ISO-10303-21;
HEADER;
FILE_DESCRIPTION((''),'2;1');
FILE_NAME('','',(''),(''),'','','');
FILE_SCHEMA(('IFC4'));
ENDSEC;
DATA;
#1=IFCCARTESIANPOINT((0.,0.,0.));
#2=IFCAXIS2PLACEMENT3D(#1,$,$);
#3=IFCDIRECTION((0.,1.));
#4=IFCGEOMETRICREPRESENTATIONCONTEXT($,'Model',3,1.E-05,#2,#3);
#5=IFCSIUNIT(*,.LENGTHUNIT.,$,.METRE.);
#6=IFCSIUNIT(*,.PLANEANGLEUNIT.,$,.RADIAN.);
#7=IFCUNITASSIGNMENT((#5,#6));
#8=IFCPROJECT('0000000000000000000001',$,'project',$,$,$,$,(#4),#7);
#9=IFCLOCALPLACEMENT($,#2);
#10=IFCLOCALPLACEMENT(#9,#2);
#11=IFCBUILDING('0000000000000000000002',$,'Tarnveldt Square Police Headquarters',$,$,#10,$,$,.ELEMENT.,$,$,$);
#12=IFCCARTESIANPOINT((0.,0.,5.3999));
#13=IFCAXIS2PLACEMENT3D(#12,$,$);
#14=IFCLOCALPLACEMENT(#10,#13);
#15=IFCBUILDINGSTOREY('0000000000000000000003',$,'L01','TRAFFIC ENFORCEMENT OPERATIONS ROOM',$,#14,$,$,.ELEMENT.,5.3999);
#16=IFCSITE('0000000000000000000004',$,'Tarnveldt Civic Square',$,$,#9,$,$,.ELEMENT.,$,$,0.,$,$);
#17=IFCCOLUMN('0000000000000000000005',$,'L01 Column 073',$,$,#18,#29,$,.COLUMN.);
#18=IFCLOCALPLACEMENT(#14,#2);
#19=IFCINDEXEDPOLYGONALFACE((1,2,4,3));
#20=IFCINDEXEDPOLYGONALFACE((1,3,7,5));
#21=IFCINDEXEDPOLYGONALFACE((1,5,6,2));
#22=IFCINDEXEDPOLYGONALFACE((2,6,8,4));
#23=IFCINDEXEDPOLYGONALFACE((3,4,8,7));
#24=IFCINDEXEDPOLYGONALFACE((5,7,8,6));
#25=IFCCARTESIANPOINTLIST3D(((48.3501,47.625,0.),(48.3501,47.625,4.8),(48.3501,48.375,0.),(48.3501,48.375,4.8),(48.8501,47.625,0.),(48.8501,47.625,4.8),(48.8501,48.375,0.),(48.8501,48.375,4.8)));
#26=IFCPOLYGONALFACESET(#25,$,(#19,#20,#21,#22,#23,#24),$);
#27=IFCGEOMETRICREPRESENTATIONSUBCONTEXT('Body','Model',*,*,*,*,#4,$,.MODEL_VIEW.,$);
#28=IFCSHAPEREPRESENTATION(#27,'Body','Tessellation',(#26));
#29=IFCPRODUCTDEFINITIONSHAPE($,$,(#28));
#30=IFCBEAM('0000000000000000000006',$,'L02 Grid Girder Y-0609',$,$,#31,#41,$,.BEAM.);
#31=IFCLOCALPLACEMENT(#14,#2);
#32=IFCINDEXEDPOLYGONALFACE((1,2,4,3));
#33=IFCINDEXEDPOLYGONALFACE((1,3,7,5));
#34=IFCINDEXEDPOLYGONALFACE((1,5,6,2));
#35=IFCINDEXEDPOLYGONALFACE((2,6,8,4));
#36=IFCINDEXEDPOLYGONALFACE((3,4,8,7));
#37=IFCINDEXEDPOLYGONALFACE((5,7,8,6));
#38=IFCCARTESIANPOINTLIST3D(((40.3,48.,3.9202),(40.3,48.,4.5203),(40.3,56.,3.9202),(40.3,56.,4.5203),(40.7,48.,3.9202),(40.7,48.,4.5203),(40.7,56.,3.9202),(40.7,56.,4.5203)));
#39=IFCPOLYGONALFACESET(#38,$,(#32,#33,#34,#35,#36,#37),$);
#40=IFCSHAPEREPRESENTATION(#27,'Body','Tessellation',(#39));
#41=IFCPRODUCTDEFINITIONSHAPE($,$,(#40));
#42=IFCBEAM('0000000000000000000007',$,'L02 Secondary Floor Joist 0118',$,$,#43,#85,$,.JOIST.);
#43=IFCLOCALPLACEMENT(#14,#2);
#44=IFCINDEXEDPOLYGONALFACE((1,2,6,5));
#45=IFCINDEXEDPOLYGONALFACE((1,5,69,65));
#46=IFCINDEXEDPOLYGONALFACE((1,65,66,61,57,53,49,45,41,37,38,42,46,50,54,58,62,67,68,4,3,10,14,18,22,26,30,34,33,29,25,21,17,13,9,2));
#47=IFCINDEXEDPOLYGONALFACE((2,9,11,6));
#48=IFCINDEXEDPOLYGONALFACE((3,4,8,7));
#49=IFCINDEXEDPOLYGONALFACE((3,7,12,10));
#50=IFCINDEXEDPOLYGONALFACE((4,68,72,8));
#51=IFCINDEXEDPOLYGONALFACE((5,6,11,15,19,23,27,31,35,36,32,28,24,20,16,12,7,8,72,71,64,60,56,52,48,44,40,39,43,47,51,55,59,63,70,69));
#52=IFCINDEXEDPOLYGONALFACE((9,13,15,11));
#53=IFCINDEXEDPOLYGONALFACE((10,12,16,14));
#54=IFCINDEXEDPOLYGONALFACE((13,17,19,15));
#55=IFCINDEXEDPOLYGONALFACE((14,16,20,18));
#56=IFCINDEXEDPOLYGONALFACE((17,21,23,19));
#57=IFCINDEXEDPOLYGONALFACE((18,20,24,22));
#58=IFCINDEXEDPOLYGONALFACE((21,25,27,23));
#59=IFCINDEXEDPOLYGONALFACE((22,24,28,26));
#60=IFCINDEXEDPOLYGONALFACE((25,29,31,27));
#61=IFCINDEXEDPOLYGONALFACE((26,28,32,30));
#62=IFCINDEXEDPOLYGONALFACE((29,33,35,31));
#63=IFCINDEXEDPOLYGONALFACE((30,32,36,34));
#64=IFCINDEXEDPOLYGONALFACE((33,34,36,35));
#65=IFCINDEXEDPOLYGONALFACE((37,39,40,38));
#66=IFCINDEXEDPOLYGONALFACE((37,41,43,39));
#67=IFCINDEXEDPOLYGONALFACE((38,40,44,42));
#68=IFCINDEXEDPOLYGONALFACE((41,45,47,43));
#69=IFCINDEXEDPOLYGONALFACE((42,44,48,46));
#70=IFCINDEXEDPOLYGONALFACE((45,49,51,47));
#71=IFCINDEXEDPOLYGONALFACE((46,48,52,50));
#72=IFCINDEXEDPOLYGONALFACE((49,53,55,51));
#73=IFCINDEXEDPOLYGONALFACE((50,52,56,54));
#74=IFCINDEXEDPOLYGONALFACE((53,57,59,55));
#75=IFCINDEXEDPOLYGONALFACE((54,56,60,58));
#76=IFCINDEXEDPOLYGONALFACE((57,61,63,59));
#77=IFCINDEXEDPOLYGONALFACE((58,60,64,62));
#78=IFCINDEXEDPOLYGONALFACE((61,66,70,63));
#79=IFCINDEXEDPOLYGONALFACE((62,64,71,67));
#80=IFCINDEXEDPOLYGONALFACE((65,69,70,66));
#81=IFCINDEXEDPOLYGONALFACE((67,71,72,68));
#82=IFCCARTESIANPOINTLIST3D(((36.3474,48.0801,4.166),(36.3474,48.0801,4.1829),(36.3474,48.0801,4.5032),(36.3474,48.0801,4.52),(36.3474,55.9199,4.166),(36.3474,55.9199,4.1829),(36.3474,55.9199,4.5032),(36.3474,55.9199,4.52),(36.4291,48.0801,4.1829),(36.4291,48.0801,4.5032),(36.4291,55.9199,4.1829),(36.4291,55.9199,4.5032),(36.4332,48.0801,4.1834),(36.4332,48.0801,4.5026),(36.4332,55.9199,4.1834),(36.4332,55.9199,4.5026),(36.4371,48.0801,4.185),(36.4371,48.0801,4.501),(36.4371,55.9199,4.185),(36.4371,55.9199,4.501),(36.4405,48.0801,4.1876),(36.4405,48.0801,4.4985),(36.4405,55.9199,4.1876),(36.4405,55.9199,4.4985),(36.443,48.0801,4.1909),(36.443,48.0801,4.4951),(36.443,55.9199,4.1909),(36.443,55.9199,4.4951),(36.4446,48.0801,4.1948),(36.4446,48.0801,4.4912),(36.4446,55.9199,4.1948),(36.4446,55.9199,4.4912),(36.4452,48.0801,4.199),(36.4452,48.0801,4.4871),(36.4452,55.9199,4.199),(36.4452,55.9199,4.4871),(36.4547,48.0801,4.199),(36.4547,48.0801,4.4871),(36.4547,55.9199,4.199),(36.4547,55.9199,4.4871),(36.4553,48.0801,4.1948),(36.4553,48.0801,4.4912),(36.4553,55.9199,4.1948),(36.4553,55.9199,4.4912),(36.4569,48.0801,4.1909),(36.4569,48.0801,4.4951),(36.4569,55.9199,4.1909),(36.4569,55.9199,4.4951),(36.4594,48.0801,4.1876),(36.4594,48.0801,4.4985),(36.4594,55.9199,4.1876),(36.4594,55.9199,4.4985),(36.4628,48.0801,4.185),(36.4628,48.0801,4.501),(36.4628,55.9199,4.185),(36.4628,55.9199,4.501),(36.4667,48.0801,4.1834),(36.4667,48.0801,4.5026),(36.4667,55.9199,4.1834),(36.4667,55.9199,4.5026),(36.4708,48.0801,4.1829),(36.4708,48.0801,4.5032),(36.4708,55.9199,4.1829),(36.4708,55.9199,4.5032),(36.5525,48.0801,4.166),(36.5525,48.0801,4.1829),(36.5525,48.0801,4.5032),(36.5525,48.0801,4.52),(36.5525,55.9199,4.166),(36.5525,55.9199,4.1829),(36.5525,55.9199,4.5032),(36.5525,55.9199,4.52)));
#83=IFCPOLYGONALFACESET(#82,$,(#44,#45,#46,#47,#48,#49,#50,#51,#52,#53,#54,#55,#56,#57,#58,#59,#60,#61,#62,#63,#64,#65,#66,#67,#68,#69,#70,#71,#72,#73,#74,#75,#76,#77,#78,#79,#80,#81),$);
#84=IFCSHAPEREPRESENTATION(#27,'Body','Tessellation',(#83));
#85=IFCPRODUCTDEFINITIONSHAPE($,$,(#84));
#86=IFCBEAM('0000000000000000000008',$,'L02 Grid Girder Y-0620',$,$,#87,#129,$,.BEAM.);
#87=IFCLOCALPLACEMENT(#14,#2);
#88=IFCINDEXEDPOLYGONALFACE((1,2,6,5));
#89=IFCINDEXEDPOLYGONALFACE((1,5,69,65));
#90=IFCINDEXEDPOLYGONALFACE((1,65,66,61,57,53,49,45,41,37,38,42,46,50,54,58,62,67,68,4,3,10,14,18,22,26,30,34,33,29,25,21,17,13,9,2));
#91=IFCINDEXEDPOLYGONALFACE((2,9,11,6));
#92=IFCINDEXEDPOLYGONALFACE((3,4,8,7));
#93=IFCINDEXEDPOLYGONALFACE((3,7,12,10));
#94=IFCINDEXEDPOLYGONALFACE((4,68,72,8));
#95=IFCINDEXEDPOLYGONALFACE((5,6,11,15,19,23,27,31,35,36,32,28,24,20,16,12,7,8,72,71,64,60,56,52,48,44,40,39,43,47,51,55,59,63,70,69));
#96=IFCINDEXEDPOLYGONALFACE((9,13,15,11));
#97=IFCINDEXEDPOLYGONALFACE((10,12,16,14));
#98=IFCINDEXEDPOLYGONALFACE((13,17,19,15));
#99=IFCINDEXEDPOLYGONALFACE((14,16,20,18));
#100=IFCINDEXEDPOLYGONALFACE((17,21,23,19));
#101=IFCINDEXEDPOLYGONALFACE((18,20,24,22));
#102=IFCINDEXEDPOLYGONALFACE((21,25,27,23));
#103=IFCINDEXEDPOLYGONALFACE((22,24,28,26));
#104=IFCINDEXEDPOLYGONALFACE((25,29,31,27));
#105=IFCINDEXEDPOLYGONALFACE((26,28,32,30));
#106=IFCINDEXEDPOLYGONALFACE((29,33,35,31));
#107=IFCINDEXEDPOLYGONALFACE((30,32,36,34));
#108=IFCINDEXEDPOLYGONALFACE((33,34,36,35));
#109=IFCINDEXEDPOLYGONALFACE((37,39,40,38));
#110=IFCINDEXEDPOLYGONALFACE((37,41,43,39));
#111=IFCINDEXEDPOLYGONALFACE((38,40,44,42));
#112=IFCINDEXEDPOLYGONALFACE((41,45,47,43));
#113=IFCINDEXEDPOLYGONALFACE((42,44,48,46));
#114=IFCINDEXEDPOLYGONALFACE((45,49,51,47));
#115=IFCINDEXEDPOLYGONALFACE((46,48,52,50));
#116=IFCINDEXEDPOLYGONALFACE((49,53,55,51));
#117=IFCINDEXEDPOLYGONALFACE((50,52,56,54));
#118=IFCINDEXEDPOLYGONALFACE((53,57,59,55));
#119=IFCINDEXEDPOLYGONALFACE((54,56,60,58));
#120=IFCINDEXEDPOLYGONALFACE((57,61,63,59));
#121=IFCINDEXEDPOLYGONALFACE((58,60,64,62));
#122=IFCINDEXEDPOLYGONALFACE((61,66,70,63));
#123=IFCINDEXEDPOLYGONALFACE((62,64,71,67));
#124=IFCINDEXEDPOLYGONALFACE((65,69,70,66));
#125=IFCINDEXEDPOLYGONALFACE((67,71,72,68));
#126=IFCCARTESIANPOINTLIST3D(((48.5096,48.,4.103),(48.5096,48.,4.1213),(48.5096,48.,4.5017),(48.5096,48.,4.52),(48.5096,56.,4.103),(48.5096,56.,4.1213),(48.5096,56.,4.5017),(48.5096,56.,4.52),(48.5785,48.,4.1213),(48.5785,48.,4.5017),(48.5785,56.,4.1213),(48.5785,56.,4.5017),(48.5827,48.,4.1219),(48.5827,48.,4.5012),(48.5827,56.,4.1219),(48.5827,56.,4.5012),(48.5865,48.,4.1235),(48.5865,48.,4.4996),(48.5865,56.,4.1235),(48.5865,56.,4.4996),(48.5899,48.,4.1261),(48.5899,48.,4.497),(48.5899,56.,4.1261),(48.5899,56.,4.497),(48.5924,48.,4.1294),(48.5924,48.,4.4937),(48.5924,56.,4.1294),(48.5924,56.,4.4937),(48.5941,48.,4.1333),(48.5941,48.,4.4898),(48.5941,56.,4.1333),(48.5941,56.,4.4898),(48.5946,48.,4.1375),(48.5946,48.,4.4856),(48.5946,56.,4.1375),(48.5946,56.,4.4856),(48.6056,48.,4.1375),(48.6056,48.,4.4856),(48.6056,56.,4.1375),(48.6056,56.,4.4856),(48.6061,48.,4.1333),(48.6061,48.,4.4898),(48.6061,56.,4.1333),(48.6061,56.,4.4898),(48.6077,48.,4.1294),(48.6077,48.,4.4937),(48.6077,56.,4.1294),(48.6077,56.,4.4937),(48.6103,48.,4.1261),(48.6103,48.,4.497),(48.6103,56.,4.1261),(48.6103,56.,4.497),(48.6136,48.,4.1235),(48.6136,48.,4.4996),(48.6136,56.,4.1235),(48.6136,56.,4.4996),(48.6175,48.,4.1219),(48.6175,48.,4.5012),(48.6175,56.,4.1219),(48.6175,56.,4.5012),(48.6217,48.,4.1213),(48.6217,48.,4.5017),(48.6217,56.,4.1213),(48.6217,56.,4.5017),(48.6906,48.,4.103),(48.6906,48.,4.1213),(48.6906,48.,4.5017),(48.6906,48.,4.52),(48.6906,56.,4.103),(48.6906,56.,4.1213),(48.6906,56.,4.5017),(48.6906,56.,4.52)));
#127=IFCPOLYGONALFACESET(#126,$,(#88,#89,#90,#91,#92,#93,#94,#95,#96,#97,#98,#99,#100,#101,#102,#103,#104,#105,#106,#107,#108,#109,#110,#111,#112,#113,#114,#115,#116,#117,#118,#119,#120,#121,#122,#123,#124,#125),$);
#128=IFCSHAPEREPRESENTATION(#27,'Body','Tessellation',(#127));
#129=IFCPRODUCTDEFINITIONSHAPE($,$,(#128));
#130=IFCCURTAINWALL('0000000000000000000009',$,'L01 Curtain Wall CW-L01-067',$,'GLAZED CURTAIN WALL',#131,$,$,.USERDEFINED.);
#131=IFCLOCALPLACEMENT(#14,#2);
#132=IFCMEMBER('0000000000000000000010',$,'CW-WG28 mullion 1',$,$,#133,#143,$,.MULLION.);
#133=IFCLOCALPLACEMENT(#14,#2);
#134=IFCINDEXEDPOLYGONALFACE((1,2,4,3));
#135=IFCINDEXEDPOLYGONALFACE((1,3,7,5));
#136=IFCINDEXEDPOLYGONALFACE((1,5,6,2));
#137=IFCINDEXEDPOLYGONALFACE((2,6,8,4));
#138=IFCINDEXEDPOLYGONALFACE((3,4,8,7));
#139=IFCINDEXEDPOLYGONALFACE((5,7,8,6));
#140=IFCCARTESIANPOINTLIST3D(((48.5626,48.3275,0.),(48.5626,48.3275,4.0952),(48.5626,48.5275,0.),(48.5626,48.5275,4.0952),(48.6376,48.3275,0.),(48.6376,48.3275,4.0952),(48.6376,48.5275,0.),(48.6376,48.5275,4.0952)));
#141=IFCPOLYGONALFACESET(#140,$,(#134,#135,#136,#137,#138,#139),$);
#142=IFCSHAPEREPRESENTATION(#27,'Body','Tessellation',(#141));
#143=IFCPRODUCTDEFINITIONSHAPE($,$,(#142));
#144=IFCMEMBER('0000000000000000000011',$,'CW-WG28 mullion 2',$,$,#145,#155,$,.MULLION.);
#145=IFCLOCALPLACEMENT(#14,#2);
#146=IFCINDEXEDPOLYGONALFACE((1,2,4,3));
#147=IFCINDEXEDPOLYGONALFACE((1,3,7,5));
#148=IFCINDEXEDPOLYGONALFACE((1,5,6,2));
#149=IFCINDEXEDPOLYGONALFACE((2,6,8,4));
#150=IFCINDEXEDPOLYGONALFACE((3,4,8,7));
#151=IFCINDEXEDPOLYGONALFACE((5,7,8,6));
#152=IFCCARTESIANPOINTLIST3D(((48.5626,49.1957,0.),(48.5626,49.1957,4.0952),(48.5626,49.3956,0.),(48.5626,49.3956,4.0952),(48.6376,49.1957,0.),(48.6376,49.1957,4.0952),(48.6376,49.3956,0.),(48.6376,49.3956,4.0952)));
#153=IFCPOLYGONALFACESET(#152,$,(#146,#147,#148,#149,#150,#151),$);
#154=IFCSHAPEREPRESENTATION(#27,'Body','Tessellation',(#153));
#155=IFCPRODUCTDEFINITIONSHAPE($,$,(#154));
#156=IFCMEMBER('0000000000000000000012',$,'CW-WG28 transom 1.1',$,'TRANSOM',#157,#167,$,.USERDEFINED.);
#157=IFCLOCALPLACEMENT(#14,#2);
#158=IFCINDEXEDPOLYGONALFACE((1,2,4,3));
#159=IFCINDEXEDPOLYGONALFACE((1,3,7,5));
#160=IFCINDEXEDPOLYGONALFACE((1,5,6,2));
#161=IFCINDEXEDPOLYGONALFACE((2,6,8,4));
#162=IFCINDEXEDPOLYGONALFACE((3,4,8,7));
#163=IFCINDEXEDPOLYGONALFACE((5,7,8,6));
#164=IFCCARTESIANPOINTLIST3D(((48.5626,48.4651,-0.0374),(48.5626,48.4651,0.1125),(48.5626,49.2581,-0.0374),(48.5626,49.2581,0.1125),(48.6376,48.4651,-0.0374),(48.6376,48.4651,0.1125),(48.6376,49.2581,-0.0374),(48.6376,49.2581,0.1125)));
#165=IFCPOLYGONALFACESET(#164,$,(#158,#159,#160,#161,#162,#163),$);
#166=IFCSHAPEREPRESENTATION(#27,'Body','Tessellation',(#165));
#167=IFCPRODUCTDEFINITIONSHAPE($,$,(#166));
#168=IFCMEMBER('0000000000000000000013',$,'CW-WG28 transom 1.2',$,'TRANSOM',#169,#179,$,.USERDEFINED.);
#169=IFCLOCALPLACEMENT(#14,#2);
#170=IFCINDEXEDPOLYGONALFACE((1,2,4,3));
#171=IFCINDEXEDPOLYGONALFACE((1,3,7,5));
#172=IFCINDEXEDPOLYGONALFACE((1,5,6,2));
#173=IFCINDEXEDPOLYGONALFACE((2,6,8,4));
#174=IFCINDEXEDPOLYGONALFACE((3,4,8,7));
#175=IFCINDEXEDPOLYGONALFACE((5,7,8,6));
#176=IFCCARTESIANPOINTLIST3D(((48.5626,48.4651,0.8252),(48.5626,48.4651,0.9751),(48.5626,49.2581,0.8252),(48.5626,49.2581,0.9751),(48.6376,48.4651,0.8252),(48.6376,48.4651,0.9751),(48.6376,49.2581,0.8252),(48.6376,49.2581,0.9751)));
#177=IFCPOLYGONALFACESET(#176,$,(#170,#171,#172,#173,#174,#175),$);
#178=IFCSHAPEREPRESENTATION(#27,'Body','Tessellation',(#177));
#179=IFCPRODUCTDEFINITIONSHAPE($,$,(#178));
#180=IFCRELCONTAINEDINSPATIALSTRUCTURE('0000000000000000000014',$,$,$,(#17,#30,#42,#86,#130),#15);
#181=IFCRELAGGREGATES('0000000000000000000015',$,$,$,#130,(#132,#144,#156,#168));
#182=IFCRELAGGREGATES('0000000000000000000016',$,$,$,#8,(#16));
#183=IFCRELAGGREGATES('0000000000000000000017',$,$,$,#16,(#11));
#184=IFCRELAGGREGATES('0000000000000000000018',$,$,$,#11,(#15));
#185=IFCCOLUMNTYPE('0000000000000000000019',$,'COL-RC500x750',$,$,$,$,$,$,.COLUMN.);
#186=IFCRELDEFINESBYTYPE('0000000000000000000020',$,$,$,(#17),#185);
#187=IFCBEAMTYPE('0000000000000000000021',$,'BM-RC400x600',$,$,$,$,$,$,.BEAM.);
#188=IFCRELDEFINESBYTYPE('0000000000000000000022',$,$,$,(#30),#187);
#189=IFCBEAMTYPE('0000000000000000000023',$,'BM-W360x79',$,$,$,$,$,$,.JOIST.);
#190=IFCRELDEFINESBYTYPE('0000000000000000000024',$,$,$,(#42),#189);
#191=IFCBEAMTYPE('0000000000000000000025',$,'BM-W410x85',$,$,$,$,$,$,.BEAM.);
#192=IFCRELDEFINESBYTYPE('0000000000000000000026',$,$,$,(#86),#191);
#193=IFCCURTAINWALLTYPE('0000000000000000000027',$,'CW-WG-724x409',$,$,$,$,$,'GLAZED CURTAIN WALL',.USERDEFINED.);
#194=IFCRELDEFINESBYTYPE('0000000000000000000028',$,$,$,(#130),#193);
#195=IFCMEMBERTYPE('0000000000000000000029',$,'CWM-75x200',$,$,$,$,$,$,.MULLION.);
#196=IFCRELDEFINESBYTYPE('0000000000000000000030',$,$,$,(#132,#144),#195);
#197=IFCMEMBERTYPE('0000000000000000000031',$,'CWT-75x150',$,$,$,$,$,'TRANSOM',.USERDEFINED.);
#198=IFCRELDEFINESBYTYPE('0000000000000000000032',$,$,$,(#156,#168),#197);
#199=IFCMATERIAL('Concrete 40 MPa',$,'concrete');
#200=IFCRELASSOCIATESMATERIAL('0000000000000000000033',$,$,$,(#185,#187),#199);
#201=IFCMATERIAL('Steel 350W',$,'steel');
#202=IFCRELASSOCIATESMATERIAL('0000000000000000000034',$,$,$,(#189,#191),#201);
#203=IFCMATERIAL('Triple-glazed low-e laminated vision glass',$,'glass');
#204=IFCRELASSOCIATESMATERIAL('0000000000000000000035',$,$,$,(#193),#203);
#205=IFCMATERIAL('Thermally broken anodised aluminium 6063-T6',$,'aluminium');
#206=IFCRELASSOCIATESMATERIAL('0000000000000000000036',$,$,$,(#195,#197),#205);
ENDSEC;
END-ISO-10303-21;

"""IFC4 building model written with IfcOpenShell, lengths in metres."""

from ifc_helpers import new_model, si_unit, direction, frame, origin, origin_2d, place, context, subcontext, project, spatial, rectangle, i_section, extrude, material, material_profile, profile_set, type_object, element, aggregate, save


model = new_model("IFC4")

# Units and contexts
model_context = context("Model", 3, precision=1e-05, world=origin(), true_north=direction((0.0, 1.0)))
body_context = subcontext(model_context, "Body", "Model", "MODEL_VIEW")
ifc_project = project(units=[si_unit("LENGTHUNIT", "METRE"), si_unit("PLANEANGLEUNIT", "RADIAN")], contexts=[model_context])

# Site, building, storey
site_placement = place(None, origin())
site = spatial("IfcSite", under=ifc_project, at=site_placement, Name="Tarnveldt Civic Square", CompositionType="ELEMENT", RefElevation=0.0)
building_placement = place(site_placement, origin())
building = spatial("IfcBuilding", under=site, at=building_placement, Name="Tarnveldt Square Police Headquarters", CompositionType="ELEMENT")
storey_placement = place(building_placement, frame((0.0, 0.0, 5.3999)))
storey = spatial("IfcBuildingStorey", under=building, at=storey_placement, Name="L01", Description="TRAFFIC ENFORCEMENT OPERATIONS ROOM", CompositionType="ELEMENT", Elevation=5.3999)

# Column
ifc_material_1 = material(Name="Concrete 40 MPa", Category="concrete")
ifc_material_profile_1 = material_profile(ifc_material_1, rectangle(XDim=0.5, YDim=0.75, at=origin_2d()), Name="RC-C500x750")
ifc_profile_set_1 = profile_set([ifc_material_profile_1], Name="Concrete 40 MPa")
column_type = type_object("IfcColumnType", Name="COL-RC500x750", PredefinedType="COLUMN", material=ifc_profile_set_1)
column_placement = place(storey_placement, frame((48.6001, 48.0, 0.0), z_axis=(0.0, 0.0, 1.0), x_axis=(1.0, 0.0, 0.0)))
element("IfcColumn", 1, at=column_placement, inside=storey, type_object=column_type, Name="L01 Column 073", PredefinedType="COLUMN", context=body_context, shape_type="SweptSolid", body=[
    extrude(rectangle(XDim=0.5, YDim=0.75, at=origin_2d()), origin(), (0.0, 0.0, 1.0), 4.8),
])

# Beams
ifc_material_profile_2 = material_profile(ifc_material_1, rectangle(XDim=0.3999, YDim=0.6001, at=origin_2d()), Name="RC-B400x600")
ifc_profile_set_2 = profile_set([ifc_material_profile_2], Name="Concrete 40 MPa")
beam_type_1 = type_object("IfcBeamType", Name="BM-RC400x600", PredefinedType="BEAM", material=ifc_profile_set_2)
beam_1_placement = place(storey_placement, frame((40.5, 48.0, 4.2202), z_axis=(0.0, 1.0, 0.0), x_axis=(-1.0, 0.0, 0.0)))
element("IfcBeam", 2, at=beam_1_placement, inside=storey, type_object=beam_type_1, Name="L02 Grid Girder Y-0609", PredefinedType="BEAM", context=body_context, shape_type="SweptSolid", body=[
    extrude(rectangle(XDim=0.3999, YDim=0.6001, at=origin_2d()), origin(), (0.0, 0.0, 1.0), 8.0),
])
ifc_material_2 = material(Name="Steel 350W", Category="steel")
ifc_material_profile_3 = material_profile(ifc_material_2, i_section(OverallWidth=0.2051, OverallDepth=0.354, WebThickness=0.0095, FlangeThickness=0.0168, FilletRadius=0.0161, at=origin_2d()), Name="W360x79")
ifc_profile_set_3 = profile_set([ifc_material_profile_3], Name="Steel 350W")
beam_type_2 = type_object("IfcBeamType", Name="BM-W360x79", PredefinedType="JOIST", material=ifc_profile_set_3)
beam_2_placement = place(storey_placement, frame((36.45, 48.0801, 4.343), z_axis=(0.0, 1.0, 0.0), x_axis=(-1.0, 0.0, 0.0)))
element("IfcBeam", 3, at=beam_2_placement, inside=storey, type_object=beam_type_2, Name="L02 Secondary Floor Joist 0118", PredefinedType="JOIST", context=body_context, shape_type="SweptSolid", body=[
    extrude(i_section(OverallWidth=0.2051, OverallDepth=0.354, WebThickness=0.0095, FlangeThickness=0.0168, FilletRadius=0.0161, at=origin_2d()), origin(), (0.0, 0.0, 1.0), 7.8398),
])
ifc_material_profile_4 = material_profile(ifc_material_2, i_section(OverallWidth=0.1809, OverallDepth=0.417, WebThickness=0.011, FlangeThickness=0.0183, FilletRadius=0.0161, at=origin_2d()), Name="W410x85")
ifc_profile_set_4 = profile_set([ifc_material_profile_4], Name="Steel 350W")
beam_type_3 = type_object("IfcBeamType", Name="BM-W410x85", PredefinedType="BEAM", material=ifc_profile_set_4)
beam_3_placement = place(storey_placement, frame((48.6001, 48.0, 4.3115), z_axis=(0.0, 1.0, 0.0), x_axis=(-1.0, 0.0, 0.0)))
element("IfcBeam", 4, at=beam_3_placement, inside=storey, type_object=beam_type_3, Name="L02 Grid Girder Y-0620", PredefinedType="BEAM", context=body_context, shape_type="SweptSolid", body=[
    extrude(i_section(OverallWidth=0.1809, OverallDepth=0.417, WebThickness=0.011, FlangeThickness=0.0183, FilletRadius=0.0161, at=origin_2d()), origin(), (0.0, 0.0, 1.0), 8.0),
])

# Curtain wall, members
ifc_material_3 = material(Name="Triple-glazed low-e laminated vision glass", Category="glass")
curtain_wall_type = type_object("IfcCurtainWallType", Name="CW-WG-724x409", ElementType="GLAZED CURTAIN WALL", PredefinedType="USERDEFINED", material=ifc_material_3)
curtain_wall_placement = place(storey_placement, origin())
curtain_wall = element("IfcCurtainWall", 5, at=curtain_wall_placement, inside=storey, type_object=curtain_wall_type, Name="L01 Curtain Wall CW-L01-067", ObjectType="GLAZED CURTAIN WALL", PredefinedType="USERDEFINED")
ifc_material_4 = material(Name="Thermally broken anodised aluminium 6063-T6", Category="aluminium")
ifc_material_profile_5 = material_profile(ifc_material_4, rectangle(XDim=0.075, YDim=0.2, at=origin_2d()), Name="CW-M75x200")
ifc_profile_set_5 = profile_set([ifc_material_profile_5], Name="Thermally broken anodised aluminium 6063-T6")
member_type_1 = type_object("IfcMemberType", Name="CWM-75x200", PredefinedType="MULLION", material=ifc_profile_set_5)
member_1_placement = place(storey_placement, frame((48.6001, 48.4275, 0.0), z_axis=(0.0, 0.0, 1.0), x_axis=(-1.0, 0.0, 0.0)))
member_1 = element("IfcMember", 6, at=member_1_placement, type_object=member_type_1, Name="CW-WG28 mullion 1", PredefinedType="MULLION", context=body_context, shape_type="SweptSolid", body=[
    extrude(rectangle(XDim=0.075, YDim=0.2, at=origin_2d()), origin(), (0.0, 0.0, 1.0), 4.0952),
])
member_2_placement = place(storey_placement, frame((48.6001, 49.2957, 0.0), z_axis=(0.0, 0.0, 1.0), x_axis=(-1.0, 0.0, 0.0)))
member_2 = element("IfcMember", 7, at=member_2_placement, type_object=member_type_1, Name="CW-WG28 mullion 2", PredefinedType="MULLION", context=body_context, shape_type="SweptSolid", body=[
    extrude(rectangle(XDim=0.075, YDim=0.2, at=origin_2d()), origin(), (0.0, 0.0, 1.0), 4.0952),
])
ifc_material_profile_6 = material_profile(ifc_material_4, rectangle(XDim=0.075, YDim=0.1499, at=origin_2d()), Name="CW-T75x150")
ifc_profile_set_6 = profile_set([ifc_material_profile_6], Name="Thermally broken anodised aluminium 6063-T6")
member_type_2 = type_object("IfcMemberType", Name="CWT-75x150", ElementType="TRANSOM", PredefinedType="USERDEFINED", material=ifc_profile_set_6)
member_3_placement = place(storey_placement, frame((48.6001, 48.4651, 0.0376), z_axis=(0.0, 1.0, 0.0), x_axis=(-1.0, 0.0, 0.0)))
member_3 = element("IfcMember", 8, at=member_3_placement, type_object=member_type_2, Name="CW-WG28 transom 1.1", ObjectType="TRANSOM", PredefinedType="USERDEFINED", context=body_context, shape_type="SweptSolid", body=[
    extrude(rectangle(XDim=0.075, YDim=0.1499, at=origin_2d()), origin(), (0.0, 0.0, 1.0), 0.793),
])
member_4_placement = place(storey_placement, frame((48.6001, 48.4651, 0.9001), z_axis=(0.0, 1.0, 0.0), x_axis=(-1.0, 0.0, 0.0)))
member_4 = element("IfcMember", 9, at=member_4_placement, type_object=member_type_2, Name="CW-WG28 transom 1.2", ObjectType="TRANSOM", PredefinedType="USERDEFINED", context=body_context, shape_type="SweptSolid", body=[
    extrude(rectangle(XDim=0.075, YDim=0.1499, at=origin_2d()), origin(), (0.0, 0.0, 1.0), 0.793),
])
aggregate(curtain_wall, [member_1, member_2, member_3, member_4])

save(model, "model.ifc")
